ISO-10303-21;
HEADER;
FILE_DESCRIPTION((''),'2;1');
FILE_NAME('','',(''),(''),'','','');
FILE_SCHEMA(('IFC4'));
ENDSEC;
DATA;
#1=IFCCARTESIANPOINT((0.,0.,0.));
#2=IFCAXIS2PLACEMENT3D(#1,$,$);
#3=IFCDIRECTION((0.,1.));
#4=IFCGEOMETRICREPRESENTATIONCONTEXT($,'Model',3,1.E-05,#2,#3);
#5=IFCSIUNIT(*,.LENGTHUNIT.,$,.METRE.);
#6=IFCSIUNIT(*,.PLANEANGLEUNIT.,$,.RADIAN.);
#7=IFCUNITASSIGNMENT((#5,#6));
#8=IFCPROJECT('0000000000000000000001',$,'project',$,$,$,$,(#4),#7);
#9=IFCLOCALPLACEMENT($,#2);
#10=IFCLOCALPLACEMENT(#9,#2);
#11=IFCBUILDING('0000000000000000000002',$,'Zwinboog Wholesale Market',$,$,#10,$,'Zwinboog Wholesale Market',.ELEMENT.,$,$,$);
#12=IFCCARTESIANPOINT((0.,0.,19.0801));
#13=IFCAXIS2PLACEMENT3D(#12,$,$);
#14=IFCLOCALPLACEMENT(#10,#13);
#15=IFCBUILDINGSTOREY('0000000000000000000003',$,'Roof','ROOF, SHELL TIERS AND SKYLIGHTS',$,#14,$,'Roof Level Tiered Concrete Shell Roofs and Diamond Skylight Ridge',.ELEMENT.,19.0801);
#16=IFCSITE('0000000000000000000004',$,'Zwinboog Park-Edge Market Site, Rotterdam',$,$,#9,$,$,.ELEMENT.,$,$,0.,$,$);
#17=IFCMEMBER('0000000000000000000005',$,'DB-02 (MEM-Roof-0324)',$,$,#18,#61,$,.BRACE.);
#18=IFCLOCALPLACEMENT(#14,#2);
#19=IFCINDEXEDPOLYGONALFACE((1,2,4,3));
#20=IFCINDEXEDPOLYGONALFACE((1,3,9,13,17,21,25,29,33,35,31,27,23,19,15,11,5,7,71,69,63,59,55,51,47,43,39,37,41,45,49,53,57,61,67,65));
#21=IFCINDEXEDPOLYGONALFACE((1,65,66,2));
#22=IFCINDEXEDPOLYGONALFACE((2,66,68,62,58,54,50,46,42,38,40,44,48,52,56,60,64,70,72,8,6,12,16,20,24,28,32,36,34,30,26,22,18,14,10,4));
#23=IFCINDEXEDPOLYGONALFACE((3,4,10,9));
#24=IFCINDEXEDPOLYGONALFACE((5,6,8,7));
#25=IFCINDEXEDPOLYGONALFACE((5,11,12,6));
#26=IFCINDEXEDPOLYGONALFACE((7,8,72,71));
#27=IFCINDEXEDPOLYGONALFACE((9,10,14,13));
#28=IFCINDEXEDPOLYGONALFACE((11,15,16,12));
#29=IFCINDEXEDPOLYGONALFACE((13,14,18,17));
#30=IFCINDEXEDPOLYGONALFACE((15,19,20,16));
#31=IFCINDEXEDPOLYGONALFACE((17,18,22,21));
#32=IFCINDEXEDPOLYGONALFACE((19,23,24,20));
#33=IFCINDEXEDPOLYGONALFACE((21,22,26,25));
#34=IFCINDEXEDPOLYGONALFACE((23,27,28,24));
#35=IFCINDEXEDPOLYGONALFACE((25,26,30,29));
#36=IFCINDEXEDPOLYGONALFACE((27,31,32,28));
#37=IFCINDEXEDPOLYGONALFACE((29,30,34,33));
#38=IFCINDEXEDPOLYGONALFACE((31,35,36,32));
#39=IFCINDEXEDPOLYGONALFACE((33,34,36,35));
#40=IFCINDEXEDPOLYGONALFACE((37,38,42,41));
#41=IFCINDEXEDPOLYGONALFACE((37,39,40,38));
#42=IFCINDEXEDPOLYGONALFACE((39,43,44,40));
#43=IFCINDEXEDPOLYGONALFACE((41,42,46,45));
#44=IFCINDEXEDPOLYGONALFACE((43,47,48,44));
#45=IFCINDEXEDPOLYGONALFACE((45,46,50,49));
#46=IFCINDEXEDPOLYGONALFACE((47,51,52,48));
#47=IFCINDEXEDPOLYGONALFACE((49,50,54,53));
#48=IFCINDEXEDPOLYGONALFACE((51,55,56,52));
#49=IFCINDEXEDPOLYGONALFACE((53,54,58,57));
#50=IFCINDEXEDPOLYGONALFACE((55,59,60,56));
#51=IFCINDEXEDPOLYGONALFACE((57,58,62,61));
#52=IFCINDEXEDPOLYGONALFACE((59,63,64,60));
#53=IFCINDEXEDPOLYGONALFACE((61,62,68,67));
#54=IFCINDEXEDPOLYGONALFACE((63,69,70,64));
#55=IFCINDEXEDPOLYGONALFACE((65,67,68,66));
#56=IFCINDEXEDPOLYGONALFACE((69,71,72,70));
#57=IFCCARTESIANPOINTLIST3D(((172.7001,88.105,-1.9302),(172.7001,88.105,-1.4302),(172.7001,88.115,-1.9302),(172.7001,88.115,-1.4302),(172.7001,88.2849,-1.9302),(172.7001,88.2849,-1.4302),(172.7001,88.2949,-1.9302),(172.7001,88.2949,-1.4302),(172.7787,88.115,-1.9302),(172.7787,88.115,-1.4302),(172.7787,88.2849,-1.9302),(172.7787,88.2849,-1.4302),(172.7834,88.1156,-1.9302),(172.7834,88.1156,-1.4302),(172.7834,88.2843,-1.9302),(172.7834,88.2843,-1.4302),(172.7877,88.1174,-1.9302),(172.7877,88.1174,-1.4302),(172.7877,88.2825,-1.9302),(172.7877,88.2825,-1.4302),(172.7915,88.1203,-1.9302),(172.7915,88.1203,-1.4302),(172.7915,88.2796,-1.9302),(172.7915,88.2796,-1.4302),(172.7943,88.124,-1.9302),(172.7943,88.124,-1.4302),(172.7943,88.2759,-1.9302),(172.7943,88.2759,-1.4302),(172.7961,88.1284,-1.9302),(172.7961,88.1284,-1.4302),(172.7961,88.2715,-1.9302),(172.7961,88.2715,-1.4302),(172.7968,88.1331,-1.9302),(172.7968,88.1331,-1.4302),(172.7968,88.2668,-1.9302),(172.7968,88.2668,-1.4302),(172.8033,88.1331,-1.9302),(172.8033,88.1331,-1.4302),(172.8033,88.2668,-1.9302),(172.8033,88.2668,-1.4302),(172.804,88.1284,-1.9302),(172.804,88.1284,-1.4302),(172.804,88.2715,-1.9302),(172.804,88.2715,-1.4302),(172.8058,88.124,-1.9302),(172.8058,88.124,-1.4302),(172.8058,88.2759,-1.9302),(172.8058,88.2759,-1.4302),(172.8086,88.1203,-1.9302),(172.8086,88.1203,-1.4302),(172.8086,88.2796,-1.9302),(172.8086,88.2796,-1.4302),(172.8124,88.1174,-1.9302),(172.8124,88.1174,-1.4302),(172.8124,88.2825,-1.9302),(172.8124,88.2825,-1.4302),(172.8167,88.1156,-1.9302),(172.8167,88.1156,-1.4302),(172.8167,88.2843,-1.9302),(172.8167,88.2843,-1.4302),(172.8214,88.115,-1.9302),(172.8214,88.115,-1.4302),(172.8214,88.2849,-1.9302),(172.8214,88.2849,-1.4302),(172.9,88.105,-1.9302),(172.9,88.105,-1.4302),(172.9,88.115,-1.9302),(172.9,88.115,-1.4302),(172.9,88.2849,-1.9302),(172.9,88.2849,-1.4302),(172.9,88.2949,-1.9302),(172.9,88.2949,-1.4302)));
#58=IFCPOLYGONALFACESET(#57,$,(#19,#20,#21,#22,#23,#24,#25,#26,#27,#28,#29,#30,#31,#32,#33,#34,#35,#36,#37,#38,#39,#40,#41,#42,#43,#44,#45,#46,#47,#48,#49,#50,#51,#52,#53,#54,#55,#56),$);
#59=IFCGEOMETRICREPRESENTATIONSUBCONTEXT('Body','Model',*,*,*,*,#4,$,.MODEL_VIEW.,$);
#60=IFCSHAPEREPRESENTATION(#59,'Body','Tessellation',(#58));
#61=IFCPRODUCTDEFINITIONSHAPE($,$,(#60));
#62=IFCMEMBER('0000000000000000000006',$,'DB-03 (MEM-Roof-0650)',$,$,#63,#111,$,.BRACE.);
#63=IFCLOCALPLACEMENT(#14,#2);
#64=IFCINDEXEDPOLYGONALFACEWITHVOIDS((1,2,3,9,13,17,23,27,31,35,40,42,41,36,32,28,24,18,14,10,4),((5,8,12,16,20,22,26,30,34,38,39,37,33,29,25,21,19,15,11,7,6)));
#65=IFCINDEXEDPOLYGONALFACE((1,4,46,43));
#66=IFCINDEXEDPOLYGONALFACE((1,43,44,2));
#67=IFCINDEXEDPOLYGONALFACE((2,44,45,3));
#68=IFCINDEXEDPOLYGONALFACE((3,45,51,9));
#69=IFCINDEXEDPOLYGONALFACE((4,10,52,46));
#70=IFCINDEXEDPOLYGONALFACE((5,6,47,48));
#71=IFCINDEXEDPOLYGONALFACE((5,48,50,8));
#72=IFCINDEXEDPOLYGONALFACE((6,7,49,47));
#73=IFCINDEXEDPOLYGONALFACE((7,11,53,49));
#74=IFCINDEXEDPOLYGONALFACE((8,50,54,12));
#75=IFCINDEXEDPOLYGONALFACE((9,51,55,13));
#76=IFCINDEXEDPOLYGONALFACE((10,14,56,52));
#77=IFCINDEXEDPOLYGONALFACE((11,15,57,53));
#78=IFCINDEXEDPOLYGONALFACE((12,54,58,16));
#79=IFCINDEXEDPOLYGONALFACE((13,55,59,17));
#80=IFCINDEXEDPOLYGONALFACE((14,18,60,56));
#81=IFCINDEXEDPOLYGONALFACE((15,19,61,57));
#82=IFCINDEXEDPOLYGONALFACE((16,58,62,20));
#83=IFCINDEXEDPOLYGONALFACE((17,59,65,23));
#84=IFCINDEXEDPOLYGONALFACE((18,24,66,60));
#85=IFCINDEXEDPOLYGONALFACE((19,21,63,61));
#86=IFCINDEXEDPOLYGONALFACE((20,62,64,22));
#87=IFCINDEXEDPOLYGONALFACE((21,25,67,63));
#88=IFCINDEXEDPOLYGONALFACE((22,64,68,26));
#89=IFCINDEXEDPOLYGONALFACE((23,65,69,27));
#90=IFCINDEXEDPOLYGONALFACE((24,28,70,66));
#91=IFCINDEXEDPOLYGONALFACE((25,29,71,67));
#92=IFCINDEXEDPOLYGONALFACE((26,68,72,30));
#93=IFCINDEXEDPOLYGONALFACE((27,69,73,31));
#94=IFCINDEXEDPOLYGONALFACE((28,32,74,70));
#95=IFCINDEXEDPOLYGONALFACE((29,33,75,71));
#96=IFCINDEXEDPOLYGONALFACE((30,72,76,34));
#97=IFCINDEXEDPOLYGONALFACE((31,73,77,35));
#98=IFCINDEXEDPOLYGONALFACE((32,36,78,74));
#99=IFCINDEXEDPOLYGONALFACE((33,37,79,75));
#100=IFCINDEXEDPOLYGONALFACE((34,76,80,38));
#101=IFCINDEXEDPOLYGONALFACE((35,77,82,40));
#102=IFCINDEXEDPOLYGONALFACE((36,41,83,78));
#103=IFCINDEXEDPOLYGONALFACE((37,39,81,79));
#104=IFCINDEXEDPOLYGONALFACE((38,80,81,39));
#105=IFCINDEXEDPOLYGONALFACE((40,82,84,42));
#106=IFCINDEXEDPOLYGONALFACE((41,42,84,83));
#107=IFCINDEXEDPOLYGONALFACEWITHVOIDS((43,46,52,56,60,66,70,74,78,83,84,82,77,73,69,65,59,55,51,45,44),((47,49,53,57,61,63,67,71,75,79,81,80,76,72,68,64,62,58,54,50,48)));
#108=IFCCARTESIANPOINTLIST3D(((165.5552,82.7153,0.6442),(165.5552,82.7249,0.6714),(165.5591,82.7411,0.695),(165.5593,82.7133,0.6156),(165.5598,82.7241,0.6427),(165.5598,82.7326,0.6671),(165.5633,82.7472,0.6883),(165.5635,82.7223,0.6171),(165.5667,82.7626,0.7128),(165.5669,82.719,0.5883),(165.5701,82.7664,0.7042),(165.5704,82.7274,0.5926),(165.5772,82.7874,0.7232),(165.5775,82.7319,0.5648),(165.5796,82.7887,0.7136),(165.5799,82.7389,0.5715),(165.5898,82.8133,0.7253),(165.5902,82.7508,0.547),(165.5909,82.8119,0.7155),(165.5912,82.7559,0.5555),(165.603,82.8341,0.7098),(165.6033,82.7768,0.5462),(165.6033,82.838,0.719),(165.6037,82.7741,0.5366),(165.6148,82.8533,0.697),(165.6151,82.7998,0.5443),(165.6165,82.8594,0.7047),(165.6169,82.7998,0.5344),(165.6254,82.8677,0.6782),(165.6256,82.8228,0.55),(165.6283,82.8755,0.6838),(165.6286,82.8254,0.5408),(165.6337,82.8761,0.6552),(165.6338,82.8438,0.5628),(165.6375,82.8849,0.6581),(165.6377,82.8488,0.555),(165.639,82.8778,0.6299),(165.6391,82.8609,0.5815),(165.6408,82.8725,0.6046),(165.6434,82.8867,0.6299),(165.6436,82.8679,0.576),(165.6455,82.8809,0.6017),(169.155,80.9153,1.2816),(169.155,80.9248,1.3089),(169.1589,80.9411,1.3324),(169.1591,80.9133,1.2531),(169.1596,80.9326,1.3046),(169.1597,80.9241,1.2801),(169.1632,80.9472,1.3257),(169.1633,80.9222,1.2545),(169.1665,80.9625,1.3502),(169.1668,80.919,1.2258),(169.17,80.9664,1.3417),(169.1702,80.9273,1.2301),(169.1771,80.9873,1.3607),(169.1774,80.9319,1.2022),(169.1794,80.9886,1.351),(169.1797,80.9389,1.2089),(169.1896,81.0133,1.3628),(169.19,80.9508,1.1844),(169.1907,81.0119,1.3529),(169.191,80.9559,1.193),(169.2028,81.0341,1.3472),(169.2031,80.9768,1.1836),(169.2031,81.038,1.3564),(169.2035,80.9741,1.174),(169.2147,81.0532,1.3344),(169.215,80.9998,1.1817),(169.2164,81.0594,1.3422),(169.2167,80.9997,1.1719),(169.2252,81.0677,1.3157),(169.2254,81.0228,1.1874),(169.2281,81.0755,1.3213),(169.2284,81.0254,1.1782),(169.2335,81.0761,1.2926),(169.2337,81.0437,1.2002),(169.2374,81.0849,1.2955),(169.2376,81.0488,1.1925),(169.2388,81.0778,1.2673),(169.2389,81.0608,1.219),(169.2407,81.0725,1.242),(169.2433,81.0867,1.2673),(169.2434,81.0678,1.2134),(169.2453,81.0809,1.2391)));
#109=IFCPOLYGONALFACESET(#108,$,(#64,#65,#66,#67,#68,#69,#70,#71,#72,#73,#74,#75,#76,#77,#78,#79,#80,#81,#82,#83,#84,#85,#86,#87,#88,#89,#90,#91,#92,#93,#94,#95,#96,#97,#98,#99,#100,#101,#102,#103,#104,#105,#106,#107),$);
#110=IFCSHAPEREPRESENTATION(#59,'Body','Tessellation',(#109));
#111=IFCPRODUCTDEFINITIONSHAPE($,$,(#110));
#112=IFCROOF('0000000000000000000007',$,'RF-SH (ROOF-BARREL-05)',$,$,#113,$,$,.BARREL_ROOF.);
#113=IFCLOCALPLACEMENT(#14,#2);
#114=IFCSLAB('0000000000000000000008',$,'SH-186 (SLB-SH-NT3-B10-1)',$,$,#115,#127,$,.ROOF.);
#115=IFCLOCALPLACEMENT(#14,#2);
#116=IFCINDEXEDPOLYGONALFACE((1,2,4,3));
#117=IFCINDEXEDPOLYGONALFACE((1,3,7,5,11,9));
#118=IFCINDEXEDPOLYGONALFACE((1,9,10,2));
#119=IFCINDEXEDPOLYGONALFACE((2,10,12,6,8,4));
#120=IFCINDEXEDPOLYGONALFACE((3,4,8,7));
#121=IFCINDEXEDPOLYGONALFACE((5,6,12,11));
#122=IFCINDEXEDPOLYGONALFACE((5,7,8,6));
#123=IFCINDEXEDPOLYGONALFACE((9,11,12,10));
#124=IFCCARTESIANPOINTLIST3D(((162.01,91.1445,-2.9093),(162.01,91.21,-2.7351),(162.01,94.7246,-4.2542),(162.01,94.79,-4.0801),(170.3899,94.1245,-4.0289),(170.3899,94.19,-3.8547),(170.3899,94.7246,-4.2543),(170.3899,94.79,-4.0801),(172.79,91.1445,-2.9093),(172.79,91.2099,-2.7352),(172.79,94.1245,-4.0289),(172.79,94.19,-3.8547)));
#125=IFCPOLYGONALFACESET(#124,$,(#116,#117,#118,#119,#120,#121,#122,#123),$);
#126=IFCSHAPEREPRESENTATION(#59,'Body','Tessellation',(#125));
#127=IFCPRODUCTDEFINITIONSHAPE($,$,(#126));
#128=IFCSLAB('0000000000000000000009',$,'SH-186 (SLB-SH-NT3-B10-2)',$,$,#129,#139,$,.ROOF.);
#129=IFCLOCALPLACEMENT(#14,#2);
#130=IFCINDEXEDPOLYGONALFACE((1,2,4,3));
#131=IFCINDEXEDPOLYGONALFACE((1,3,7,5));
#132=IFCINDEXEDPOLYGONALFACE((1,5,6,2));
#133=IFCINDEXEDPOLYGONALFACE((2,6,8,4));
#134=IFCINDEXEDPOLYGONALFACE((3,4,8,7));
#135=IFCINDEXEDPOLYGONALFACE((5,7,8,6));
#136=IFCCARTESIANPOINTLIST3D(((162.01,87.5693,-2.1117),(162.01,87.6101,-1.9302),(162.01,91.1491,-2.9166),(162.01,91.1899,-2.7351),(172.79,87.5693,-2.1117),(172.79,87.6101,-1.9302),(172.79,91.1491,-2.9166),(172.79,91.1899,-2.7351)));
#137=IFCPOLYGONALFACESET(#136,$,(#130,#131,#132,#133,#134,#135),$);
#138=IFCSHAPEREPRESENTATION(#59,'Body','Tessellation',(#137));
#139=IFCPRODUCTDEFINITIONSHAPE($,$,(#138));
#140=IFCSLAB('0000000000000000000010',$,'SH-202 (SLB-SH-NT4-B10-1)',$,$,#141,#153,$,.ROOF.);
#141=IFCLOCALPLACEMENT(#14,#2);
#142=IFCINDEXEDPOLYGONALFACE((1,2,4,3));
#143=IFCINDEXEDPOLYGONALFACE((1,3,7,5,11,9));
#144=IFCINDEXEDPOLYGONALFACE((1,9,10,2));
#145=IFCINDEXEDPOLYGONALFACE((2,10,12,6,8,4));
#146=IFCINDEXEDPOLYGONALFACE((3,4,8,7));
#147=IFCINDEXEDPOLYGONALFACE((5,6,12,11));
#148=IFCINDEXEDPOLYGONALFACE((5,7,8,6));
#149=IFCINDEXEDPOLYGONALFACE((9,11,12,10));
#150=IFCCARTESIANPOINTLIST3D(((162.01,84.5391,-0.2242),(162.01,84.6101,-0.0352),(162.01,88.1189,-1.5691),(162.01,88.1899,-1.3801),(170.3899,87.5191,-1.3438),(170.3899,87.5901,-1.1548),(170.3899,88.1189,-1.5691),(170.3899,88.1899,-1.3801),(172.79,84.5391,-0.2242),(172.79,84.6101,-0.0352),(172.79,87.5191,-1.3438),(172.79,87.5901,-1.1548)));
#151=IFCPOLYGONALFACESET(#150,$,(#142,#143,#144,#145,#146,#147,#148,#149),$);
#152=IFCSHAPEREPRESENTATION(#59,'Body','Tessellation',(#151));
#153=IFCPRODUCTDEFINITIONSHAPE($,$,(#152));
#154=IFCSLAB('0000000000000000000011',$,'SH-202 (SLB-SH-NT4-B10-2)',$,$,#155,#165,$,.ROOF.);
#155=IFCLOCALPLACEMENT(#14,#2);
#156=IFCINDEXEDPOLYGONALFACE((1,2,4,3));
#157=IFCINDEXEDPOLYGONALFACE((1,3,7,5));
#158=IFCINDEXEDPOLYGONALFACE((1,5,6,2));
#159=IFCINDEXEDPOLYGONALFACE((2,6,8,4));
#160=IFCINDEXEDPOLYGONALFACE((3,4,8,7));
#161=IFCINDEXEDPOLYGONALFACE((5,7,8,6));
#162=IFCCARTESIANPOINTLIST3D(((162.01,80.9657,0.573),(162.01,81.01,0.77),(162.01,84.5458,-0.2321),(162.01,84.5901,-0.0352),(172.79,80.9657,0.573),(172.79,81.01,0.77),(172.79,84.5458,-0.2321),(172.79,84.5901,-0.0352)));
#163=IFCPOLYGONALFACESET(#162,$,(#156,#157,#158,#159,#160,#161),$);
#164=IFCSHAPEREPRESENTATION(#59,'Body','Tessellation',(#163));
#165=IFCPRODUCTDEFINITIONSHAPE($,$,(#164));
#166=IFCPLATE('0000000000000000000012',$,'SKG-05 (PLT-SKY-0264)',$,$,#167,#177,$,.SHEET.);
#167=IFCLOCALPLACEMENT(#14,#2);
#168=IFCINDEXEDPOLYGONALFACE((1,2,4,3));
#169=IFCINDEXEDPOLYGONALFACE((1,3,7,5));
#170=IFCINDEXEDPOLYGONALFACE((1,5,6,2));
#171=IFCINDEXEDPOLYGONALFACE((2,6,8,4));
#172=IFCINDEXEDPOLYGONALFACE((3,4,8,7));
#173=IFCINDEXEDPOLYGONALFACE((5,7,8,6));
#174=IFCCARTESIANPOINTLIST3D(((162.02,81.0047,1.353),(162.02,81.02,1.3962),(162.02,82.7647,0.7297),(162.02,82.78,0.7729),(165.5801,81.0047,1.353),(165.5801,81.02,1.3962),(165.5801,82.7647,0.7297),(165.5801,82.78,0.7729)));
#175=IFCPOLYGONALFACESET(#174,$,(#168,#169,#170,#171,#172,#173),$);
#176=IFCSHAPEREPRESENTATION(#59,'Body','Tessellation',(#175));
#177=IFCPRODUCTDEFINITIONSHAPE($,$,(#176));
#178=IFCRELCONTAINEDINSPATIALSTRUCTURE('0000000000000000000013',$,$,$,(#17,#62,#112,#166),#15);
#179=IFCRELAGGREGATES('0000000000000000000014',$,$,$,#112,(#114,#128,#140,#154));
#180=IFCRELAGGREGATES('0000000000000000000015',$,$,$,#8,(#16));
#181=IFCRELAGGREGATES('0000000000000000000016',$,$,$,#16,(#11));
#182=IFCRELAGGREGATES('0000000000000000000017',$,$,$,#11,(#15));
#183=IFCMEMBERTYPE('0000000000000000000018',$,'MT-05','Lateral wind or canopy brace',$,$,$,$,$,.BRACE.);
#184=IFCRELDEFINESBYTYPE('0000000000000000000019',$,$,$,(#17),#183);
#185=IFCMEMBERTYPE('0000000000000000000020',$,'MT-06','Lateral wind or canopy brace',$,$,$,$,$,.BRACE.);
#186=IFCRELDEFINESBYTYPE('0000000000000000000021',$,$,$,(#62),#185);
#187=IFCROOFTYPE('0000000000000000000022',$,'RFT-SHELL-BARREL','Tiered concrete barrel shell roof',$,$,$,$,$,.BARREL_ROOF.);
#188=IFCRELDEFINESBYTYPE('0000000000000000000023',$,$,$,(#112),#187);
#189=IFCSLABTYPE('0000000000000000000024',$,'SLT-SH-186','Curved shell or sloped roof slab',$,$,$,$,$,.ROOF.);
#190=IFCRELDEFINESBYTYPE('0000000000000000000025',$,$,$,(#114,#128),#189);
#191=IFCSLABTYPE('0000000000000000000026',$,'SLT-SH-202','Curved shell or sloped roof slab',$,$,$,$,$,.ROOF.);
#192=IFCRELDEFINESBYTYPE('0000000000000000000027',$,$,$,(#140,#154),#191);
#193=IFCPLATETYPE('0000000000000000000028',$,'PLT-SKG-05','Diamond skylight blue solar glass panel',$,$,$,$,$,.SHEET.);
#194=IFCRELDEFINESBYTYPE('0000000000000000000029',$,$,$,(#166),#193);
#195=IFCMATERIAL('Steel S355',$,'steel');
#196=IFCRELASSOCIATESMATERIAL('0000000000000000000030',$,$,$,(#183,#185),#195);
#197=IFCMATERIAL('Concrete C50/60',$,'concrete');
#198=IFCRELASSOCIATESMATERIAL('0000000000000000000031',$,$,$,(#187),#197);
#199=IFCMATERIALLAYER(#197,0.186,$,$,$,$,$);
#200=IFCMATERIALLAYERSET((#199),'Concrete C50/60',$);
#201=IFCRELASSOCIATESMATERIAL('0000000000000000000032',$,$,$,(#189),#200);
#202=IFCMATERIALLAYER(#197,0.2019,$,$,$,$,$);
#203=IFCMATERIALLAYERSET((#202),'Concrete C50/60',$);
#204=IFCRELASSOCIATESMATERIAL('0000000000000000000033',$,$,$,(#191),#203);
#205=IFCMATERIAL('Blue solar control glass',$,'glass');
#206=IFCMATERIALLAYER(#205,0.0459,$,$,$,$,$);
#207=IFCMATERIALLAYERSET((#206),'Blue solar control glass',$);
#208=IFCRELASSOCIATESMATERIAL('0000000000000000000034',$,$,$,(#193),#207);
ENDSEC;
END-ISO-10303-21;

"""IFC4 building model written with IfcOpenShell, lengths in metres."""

from ifc_helpers import new_model, si_unit, direction, frame, origin, origin_2d, place, context, subcontext, project, spatial, polyline, hollow_circle, i_section, outline, extrude, material, layer, layer_set, material_profile, profile_set, type_object, element, aggregate, save


model = new_model("IFC4")

# Units and contexts
model_context = context("Model", 3, precision=1e-05, world=origin(), true_north=direction((0.0, 1.0)))
body_context = subcontext(model_context, "Body", "Model", "MODEL_VIEW")
ifc_project = project(units=[si_unit("LENGTHUNIT", "METRE"), si_unit("PLANEANGLEUNIT", "RADIAN")], contexts=[model_context])

# Site, building, storey
site_placement = place(None, origin())
site = spatial("IfcSite", under=ifc_project, at=site_placement, Name="Zwinboog Park-Edge Market Site, Rotterdam", CompositionType="ELEMENT", RefElevation=0.0)
building_placement = place(site_placement, origin())
building = spatial("IfcBuilding", under=site, at=building_placement, Name="Zwinboog Wholesale Market", LongName="Zwinboog Wholesale Market", CompositionType="ELEMENT")
storey_placement = place(building_placement, frame((0.0, 0.0, 19.0801)))
storey = spatial("IfcBuildingStorey", under=building, at=storey_placement, Name="Roof", Description="ROOF, SHELL TIERS AND SKYLIGHTS", LongName="Roof Level Tiered Concrete Shell Roofs and Diamond Skylight Ridge", CompositionType="ELEMENT", Elevation=19.0801)

# Shared definitions
ifc_material_1 = material(Name="Steel S355", Category="steel")

# Members
ifc_material_profile_1 = material_profile(ifc_material_1, i_section(OverallWidth=0.2, OverallDepth=0.1899, WebThickness=0.0066, FlangeThickness=0.01, FilletRadius=0.0181, at=origin_2d()), Name="HEA 200")
ifc_profile_set_1 = profile_set([ifc_material_profile_1], Name="Steel S355")
member_type_1 = type_object("IfcMemberType", Name="MT-05", Description="Lateral wind or canopy brace", PredefinedType="BRACE", material=ifc_profile_set_1)
for number, where, z_axis, x_axis, name in (
    (1, (172.8, 88.2, -1.9302), (0.0, 0.0, 1.0), (1.0, 0.0, 0.0), "DB-02 (MEM-Roof-0324)"),
):
    element("IfcMember", number, at=place(storey_placement, frame(where, z_axis=z_axis, x_axis=x_axis)), inside=storey, type_object=member_type_1, Name=name, PredefinedType="BRACE", context=body_context, shape_type="SweptSolid", body=[
        extrude(i_section(OverallWidth=0.2, OverallDepth=0.1899, WebThickness=0.0066, FlangeThickness=0.01, FilletRadius=0.0181, at=origin_2d()), origin(), (0.0, 0.0, 1.0), 0.5),
    ])
ifc_material_profile_2 = material_profile(ifc_material_1, hollow_circle(Radius=0.0969, WallThickness=0.01, at=origin_2d()), Name="CHS 193.7x10")
ifc_profile_set_2 = profile_set([ifc_material_profile_2], Name="Steel S355")
member_type_2 = type_object("IfcMemberType", Name="MT-06", Description="Lateral wind or canopy brace", PredefinedType="BRACE", material=ifc_profile_set_2)
member_1_placement = place(storey_placement, frame((165.6001, 82.8, 0.6299), z_axis=(0.883404, -0.441732, 0.15643), x_axis=(0.447238, 0.894415, 0.0)))
element("IfcMember", 2, at=member_1_placement, inside=storey, type_object=member_type_2, Name="DB-03 (MEM-Roof-0650)", PredefinedType="BRACE", context=body_context, shape_type="SweptSolid", body=[
    extrude(hollow_circle(Radius=0.0969, WallThickness=0.01, at=origin_2d()), origin(), (0.0, 0.0, 1.0), 4.075),
])

# Roof, slabs
ifc_material_2 = material(Name="Concrete C50/60", Category="concrete")
roof_type = type_object("IfcRoofType", Name="RFT-SHELL-BARREL", Description="Tiered concrete barrel shell roof", PredefinedType="BARREL_ROOF", material=ifc_material_2)
roof_placement = place(storey_placement, origin())
roof = element("IfcRoof", 3, at=roof_placement, inside=storey, type_object=roof_type, Name="RF-SH (ROOF-BARREL-05)", PredefinedType="BARREL_ROOF")
ifc_layer_1 = layer(ifc_material_2, 0.186)
ifc_layer_set_1 = layer_set([ifc_layer_1], Name="Concrete C50/60")
slab_type_1 = type_object("IfcSlabType", Name="SLT-SH-186", Description="Curved shell or sloped roof slab", PredefinedType="ROOF", material=ifc_layer_set_1)
slab_1_placement = place(storey_placement, frame((162.01, 91.21, -2.7351), z_axis=(0.000005, 0.351689, 0.936117), x_axis=(1.0, -0.000002, -0.000004)))
slab_1 = element("IfcSlab", 4, at=slab_1_placement, type_object=slab_type_1, Name="SH-186 (SLB-SH-NT3-B10-1)", PredefinedType="ROOF", context=body_context, shape_type="SweptSolid", body=[
    extrude(outline(polyline([(0.0, 0.0), (10.78, 0.0), (10.78, 3.1834), (8.3799, 3.1834), (8.3799, 3.8244), (0.0, 3.8244), (0.0, 0.0)])), origin(), (0.0, 0.0, -1.0), 0.186),
])
slab_2_placement = place(storey_placement, frame((162.01, 87.6101, -1.9302), z_axis=(0.0, 0.219374, 0.975641), x_axis=(1.0, 0.0, 0.0)))
slab_2 = element("IfcSlab", 5, at=slab_2_placement, type_object=slab_type_1, Name="SH-186 (SLB-SH-NT3-B10-2)", PredefinedType="ROOF", context=body_context, shape_type="SweptSolid", body=[
    extrude(outline(polyline([(0.0, 0.0), (10.78, 0.0), (10.78, 3.6692), (0.0, 3.6692), (0.0, 0.0)])), origin(), (0.0, 0.0, -1.0), 0.186),
])
ifc_layer_2 = layer(ifc_material_2, 0.2019)
ifc_layer_set_2 = layer_set([ifc_layer_2], Name="Concrete C50/60")
slab_type_2 = type_object("IfcSlabType", Name="SLT-SH-202", Description="Curved shell or sloped roof slab", PredefinedType="ROOF", material=ifc_layer_set_2)
slab_3_placement = place(storey_placement, frame((162.01, 84.6101, -0.0352), z_axis=(0.000001, 0.351706, 0.936111), x_axis=(1.0, 0.0, -0.000001)))
slab_3 = element("IfcSlab", 6, at=slab_3_placement, type_object=slab_type_2, Name="SH-202 (SLB-SH-NT4-B10-1)", PredefinedType="ROOF", context=body_context, shape_type="SweptSolid", body=[
    extrude(outline(polyline([(0.0, 0.0), (10.78, 0.0), (10.78, 3.1834), (8.3799, 3.1834), (8.3799, 3.8242), (0.0, 3.8242), (0.0, 0.0)])), origin(), (0.0, 0.0, -1.0), 0.2019),
])
slab_4_placement = place(storey_placement, frame((162.01, 81.01, 0.77), z_axis=(0.0, 0.219424, 0.97563), x_axis=(1.0, 0.0, 0.0)))
slab_4 = element("IfcSlab", 7, at=slab_4_placement, type_object=slab_type_2, Name="SH-202 (SLB-SH-NT4-B10-2)", PredefinedType="ROOF", context=body_context, shape_type="SweptSolid", body=[
    extrude(outline(polyline([(0.0, 0.0), (10.78, 0.0), (10.78, 3.6695), (0.0, 3.6695), (0.0, 0.0)])), origin(), (0.0, 0.0, -1.0), 0.2019),
])
aggregate(roof, [slab_1, slab_2, slab_3, slab_4])

# Plate
ifc_material_3 = material(Name="Blue solar control glass", Category="glass")
ifc_layer_3 = layer(ifc_material_3, 0.0459)
ifc_layer_set_3 = layer_set([ifc_layer_3], Name="Blue solar control glass")
plate_type_1 = type_object("IfcPlateType", Name="PLT-SKG-05", Description="Diamond skylight blue solar glass panel", PredefinedType="SHEET", material=ifc_layer_set_3)
plate_1_placement = place(storey_placement, frame((162.02, 81.02, 1.3962), z_axis=(0.0, 0.333825, 0.942635), x_axis=(1.0, 0.0, 0.0)))
element("IfcPlate", 8, at=plate_1_placement, inside=storey, type_object=plate_type_1, Name="SKG-05 (PLT-SKY-0264)", PredefinedType="SHEET", context=body_context, shape_type="SweptSolid", body=[
    extrude(outline(polyline([(0.0, 0.0), (3.5601, 0.0), (3.5601, 1.8671), (0.0, 1.8671), (0.0, 0.0)])), origin(), (0.0, 0.0, -1.0), 0.0459),
])

save(model, "model.ifc")
